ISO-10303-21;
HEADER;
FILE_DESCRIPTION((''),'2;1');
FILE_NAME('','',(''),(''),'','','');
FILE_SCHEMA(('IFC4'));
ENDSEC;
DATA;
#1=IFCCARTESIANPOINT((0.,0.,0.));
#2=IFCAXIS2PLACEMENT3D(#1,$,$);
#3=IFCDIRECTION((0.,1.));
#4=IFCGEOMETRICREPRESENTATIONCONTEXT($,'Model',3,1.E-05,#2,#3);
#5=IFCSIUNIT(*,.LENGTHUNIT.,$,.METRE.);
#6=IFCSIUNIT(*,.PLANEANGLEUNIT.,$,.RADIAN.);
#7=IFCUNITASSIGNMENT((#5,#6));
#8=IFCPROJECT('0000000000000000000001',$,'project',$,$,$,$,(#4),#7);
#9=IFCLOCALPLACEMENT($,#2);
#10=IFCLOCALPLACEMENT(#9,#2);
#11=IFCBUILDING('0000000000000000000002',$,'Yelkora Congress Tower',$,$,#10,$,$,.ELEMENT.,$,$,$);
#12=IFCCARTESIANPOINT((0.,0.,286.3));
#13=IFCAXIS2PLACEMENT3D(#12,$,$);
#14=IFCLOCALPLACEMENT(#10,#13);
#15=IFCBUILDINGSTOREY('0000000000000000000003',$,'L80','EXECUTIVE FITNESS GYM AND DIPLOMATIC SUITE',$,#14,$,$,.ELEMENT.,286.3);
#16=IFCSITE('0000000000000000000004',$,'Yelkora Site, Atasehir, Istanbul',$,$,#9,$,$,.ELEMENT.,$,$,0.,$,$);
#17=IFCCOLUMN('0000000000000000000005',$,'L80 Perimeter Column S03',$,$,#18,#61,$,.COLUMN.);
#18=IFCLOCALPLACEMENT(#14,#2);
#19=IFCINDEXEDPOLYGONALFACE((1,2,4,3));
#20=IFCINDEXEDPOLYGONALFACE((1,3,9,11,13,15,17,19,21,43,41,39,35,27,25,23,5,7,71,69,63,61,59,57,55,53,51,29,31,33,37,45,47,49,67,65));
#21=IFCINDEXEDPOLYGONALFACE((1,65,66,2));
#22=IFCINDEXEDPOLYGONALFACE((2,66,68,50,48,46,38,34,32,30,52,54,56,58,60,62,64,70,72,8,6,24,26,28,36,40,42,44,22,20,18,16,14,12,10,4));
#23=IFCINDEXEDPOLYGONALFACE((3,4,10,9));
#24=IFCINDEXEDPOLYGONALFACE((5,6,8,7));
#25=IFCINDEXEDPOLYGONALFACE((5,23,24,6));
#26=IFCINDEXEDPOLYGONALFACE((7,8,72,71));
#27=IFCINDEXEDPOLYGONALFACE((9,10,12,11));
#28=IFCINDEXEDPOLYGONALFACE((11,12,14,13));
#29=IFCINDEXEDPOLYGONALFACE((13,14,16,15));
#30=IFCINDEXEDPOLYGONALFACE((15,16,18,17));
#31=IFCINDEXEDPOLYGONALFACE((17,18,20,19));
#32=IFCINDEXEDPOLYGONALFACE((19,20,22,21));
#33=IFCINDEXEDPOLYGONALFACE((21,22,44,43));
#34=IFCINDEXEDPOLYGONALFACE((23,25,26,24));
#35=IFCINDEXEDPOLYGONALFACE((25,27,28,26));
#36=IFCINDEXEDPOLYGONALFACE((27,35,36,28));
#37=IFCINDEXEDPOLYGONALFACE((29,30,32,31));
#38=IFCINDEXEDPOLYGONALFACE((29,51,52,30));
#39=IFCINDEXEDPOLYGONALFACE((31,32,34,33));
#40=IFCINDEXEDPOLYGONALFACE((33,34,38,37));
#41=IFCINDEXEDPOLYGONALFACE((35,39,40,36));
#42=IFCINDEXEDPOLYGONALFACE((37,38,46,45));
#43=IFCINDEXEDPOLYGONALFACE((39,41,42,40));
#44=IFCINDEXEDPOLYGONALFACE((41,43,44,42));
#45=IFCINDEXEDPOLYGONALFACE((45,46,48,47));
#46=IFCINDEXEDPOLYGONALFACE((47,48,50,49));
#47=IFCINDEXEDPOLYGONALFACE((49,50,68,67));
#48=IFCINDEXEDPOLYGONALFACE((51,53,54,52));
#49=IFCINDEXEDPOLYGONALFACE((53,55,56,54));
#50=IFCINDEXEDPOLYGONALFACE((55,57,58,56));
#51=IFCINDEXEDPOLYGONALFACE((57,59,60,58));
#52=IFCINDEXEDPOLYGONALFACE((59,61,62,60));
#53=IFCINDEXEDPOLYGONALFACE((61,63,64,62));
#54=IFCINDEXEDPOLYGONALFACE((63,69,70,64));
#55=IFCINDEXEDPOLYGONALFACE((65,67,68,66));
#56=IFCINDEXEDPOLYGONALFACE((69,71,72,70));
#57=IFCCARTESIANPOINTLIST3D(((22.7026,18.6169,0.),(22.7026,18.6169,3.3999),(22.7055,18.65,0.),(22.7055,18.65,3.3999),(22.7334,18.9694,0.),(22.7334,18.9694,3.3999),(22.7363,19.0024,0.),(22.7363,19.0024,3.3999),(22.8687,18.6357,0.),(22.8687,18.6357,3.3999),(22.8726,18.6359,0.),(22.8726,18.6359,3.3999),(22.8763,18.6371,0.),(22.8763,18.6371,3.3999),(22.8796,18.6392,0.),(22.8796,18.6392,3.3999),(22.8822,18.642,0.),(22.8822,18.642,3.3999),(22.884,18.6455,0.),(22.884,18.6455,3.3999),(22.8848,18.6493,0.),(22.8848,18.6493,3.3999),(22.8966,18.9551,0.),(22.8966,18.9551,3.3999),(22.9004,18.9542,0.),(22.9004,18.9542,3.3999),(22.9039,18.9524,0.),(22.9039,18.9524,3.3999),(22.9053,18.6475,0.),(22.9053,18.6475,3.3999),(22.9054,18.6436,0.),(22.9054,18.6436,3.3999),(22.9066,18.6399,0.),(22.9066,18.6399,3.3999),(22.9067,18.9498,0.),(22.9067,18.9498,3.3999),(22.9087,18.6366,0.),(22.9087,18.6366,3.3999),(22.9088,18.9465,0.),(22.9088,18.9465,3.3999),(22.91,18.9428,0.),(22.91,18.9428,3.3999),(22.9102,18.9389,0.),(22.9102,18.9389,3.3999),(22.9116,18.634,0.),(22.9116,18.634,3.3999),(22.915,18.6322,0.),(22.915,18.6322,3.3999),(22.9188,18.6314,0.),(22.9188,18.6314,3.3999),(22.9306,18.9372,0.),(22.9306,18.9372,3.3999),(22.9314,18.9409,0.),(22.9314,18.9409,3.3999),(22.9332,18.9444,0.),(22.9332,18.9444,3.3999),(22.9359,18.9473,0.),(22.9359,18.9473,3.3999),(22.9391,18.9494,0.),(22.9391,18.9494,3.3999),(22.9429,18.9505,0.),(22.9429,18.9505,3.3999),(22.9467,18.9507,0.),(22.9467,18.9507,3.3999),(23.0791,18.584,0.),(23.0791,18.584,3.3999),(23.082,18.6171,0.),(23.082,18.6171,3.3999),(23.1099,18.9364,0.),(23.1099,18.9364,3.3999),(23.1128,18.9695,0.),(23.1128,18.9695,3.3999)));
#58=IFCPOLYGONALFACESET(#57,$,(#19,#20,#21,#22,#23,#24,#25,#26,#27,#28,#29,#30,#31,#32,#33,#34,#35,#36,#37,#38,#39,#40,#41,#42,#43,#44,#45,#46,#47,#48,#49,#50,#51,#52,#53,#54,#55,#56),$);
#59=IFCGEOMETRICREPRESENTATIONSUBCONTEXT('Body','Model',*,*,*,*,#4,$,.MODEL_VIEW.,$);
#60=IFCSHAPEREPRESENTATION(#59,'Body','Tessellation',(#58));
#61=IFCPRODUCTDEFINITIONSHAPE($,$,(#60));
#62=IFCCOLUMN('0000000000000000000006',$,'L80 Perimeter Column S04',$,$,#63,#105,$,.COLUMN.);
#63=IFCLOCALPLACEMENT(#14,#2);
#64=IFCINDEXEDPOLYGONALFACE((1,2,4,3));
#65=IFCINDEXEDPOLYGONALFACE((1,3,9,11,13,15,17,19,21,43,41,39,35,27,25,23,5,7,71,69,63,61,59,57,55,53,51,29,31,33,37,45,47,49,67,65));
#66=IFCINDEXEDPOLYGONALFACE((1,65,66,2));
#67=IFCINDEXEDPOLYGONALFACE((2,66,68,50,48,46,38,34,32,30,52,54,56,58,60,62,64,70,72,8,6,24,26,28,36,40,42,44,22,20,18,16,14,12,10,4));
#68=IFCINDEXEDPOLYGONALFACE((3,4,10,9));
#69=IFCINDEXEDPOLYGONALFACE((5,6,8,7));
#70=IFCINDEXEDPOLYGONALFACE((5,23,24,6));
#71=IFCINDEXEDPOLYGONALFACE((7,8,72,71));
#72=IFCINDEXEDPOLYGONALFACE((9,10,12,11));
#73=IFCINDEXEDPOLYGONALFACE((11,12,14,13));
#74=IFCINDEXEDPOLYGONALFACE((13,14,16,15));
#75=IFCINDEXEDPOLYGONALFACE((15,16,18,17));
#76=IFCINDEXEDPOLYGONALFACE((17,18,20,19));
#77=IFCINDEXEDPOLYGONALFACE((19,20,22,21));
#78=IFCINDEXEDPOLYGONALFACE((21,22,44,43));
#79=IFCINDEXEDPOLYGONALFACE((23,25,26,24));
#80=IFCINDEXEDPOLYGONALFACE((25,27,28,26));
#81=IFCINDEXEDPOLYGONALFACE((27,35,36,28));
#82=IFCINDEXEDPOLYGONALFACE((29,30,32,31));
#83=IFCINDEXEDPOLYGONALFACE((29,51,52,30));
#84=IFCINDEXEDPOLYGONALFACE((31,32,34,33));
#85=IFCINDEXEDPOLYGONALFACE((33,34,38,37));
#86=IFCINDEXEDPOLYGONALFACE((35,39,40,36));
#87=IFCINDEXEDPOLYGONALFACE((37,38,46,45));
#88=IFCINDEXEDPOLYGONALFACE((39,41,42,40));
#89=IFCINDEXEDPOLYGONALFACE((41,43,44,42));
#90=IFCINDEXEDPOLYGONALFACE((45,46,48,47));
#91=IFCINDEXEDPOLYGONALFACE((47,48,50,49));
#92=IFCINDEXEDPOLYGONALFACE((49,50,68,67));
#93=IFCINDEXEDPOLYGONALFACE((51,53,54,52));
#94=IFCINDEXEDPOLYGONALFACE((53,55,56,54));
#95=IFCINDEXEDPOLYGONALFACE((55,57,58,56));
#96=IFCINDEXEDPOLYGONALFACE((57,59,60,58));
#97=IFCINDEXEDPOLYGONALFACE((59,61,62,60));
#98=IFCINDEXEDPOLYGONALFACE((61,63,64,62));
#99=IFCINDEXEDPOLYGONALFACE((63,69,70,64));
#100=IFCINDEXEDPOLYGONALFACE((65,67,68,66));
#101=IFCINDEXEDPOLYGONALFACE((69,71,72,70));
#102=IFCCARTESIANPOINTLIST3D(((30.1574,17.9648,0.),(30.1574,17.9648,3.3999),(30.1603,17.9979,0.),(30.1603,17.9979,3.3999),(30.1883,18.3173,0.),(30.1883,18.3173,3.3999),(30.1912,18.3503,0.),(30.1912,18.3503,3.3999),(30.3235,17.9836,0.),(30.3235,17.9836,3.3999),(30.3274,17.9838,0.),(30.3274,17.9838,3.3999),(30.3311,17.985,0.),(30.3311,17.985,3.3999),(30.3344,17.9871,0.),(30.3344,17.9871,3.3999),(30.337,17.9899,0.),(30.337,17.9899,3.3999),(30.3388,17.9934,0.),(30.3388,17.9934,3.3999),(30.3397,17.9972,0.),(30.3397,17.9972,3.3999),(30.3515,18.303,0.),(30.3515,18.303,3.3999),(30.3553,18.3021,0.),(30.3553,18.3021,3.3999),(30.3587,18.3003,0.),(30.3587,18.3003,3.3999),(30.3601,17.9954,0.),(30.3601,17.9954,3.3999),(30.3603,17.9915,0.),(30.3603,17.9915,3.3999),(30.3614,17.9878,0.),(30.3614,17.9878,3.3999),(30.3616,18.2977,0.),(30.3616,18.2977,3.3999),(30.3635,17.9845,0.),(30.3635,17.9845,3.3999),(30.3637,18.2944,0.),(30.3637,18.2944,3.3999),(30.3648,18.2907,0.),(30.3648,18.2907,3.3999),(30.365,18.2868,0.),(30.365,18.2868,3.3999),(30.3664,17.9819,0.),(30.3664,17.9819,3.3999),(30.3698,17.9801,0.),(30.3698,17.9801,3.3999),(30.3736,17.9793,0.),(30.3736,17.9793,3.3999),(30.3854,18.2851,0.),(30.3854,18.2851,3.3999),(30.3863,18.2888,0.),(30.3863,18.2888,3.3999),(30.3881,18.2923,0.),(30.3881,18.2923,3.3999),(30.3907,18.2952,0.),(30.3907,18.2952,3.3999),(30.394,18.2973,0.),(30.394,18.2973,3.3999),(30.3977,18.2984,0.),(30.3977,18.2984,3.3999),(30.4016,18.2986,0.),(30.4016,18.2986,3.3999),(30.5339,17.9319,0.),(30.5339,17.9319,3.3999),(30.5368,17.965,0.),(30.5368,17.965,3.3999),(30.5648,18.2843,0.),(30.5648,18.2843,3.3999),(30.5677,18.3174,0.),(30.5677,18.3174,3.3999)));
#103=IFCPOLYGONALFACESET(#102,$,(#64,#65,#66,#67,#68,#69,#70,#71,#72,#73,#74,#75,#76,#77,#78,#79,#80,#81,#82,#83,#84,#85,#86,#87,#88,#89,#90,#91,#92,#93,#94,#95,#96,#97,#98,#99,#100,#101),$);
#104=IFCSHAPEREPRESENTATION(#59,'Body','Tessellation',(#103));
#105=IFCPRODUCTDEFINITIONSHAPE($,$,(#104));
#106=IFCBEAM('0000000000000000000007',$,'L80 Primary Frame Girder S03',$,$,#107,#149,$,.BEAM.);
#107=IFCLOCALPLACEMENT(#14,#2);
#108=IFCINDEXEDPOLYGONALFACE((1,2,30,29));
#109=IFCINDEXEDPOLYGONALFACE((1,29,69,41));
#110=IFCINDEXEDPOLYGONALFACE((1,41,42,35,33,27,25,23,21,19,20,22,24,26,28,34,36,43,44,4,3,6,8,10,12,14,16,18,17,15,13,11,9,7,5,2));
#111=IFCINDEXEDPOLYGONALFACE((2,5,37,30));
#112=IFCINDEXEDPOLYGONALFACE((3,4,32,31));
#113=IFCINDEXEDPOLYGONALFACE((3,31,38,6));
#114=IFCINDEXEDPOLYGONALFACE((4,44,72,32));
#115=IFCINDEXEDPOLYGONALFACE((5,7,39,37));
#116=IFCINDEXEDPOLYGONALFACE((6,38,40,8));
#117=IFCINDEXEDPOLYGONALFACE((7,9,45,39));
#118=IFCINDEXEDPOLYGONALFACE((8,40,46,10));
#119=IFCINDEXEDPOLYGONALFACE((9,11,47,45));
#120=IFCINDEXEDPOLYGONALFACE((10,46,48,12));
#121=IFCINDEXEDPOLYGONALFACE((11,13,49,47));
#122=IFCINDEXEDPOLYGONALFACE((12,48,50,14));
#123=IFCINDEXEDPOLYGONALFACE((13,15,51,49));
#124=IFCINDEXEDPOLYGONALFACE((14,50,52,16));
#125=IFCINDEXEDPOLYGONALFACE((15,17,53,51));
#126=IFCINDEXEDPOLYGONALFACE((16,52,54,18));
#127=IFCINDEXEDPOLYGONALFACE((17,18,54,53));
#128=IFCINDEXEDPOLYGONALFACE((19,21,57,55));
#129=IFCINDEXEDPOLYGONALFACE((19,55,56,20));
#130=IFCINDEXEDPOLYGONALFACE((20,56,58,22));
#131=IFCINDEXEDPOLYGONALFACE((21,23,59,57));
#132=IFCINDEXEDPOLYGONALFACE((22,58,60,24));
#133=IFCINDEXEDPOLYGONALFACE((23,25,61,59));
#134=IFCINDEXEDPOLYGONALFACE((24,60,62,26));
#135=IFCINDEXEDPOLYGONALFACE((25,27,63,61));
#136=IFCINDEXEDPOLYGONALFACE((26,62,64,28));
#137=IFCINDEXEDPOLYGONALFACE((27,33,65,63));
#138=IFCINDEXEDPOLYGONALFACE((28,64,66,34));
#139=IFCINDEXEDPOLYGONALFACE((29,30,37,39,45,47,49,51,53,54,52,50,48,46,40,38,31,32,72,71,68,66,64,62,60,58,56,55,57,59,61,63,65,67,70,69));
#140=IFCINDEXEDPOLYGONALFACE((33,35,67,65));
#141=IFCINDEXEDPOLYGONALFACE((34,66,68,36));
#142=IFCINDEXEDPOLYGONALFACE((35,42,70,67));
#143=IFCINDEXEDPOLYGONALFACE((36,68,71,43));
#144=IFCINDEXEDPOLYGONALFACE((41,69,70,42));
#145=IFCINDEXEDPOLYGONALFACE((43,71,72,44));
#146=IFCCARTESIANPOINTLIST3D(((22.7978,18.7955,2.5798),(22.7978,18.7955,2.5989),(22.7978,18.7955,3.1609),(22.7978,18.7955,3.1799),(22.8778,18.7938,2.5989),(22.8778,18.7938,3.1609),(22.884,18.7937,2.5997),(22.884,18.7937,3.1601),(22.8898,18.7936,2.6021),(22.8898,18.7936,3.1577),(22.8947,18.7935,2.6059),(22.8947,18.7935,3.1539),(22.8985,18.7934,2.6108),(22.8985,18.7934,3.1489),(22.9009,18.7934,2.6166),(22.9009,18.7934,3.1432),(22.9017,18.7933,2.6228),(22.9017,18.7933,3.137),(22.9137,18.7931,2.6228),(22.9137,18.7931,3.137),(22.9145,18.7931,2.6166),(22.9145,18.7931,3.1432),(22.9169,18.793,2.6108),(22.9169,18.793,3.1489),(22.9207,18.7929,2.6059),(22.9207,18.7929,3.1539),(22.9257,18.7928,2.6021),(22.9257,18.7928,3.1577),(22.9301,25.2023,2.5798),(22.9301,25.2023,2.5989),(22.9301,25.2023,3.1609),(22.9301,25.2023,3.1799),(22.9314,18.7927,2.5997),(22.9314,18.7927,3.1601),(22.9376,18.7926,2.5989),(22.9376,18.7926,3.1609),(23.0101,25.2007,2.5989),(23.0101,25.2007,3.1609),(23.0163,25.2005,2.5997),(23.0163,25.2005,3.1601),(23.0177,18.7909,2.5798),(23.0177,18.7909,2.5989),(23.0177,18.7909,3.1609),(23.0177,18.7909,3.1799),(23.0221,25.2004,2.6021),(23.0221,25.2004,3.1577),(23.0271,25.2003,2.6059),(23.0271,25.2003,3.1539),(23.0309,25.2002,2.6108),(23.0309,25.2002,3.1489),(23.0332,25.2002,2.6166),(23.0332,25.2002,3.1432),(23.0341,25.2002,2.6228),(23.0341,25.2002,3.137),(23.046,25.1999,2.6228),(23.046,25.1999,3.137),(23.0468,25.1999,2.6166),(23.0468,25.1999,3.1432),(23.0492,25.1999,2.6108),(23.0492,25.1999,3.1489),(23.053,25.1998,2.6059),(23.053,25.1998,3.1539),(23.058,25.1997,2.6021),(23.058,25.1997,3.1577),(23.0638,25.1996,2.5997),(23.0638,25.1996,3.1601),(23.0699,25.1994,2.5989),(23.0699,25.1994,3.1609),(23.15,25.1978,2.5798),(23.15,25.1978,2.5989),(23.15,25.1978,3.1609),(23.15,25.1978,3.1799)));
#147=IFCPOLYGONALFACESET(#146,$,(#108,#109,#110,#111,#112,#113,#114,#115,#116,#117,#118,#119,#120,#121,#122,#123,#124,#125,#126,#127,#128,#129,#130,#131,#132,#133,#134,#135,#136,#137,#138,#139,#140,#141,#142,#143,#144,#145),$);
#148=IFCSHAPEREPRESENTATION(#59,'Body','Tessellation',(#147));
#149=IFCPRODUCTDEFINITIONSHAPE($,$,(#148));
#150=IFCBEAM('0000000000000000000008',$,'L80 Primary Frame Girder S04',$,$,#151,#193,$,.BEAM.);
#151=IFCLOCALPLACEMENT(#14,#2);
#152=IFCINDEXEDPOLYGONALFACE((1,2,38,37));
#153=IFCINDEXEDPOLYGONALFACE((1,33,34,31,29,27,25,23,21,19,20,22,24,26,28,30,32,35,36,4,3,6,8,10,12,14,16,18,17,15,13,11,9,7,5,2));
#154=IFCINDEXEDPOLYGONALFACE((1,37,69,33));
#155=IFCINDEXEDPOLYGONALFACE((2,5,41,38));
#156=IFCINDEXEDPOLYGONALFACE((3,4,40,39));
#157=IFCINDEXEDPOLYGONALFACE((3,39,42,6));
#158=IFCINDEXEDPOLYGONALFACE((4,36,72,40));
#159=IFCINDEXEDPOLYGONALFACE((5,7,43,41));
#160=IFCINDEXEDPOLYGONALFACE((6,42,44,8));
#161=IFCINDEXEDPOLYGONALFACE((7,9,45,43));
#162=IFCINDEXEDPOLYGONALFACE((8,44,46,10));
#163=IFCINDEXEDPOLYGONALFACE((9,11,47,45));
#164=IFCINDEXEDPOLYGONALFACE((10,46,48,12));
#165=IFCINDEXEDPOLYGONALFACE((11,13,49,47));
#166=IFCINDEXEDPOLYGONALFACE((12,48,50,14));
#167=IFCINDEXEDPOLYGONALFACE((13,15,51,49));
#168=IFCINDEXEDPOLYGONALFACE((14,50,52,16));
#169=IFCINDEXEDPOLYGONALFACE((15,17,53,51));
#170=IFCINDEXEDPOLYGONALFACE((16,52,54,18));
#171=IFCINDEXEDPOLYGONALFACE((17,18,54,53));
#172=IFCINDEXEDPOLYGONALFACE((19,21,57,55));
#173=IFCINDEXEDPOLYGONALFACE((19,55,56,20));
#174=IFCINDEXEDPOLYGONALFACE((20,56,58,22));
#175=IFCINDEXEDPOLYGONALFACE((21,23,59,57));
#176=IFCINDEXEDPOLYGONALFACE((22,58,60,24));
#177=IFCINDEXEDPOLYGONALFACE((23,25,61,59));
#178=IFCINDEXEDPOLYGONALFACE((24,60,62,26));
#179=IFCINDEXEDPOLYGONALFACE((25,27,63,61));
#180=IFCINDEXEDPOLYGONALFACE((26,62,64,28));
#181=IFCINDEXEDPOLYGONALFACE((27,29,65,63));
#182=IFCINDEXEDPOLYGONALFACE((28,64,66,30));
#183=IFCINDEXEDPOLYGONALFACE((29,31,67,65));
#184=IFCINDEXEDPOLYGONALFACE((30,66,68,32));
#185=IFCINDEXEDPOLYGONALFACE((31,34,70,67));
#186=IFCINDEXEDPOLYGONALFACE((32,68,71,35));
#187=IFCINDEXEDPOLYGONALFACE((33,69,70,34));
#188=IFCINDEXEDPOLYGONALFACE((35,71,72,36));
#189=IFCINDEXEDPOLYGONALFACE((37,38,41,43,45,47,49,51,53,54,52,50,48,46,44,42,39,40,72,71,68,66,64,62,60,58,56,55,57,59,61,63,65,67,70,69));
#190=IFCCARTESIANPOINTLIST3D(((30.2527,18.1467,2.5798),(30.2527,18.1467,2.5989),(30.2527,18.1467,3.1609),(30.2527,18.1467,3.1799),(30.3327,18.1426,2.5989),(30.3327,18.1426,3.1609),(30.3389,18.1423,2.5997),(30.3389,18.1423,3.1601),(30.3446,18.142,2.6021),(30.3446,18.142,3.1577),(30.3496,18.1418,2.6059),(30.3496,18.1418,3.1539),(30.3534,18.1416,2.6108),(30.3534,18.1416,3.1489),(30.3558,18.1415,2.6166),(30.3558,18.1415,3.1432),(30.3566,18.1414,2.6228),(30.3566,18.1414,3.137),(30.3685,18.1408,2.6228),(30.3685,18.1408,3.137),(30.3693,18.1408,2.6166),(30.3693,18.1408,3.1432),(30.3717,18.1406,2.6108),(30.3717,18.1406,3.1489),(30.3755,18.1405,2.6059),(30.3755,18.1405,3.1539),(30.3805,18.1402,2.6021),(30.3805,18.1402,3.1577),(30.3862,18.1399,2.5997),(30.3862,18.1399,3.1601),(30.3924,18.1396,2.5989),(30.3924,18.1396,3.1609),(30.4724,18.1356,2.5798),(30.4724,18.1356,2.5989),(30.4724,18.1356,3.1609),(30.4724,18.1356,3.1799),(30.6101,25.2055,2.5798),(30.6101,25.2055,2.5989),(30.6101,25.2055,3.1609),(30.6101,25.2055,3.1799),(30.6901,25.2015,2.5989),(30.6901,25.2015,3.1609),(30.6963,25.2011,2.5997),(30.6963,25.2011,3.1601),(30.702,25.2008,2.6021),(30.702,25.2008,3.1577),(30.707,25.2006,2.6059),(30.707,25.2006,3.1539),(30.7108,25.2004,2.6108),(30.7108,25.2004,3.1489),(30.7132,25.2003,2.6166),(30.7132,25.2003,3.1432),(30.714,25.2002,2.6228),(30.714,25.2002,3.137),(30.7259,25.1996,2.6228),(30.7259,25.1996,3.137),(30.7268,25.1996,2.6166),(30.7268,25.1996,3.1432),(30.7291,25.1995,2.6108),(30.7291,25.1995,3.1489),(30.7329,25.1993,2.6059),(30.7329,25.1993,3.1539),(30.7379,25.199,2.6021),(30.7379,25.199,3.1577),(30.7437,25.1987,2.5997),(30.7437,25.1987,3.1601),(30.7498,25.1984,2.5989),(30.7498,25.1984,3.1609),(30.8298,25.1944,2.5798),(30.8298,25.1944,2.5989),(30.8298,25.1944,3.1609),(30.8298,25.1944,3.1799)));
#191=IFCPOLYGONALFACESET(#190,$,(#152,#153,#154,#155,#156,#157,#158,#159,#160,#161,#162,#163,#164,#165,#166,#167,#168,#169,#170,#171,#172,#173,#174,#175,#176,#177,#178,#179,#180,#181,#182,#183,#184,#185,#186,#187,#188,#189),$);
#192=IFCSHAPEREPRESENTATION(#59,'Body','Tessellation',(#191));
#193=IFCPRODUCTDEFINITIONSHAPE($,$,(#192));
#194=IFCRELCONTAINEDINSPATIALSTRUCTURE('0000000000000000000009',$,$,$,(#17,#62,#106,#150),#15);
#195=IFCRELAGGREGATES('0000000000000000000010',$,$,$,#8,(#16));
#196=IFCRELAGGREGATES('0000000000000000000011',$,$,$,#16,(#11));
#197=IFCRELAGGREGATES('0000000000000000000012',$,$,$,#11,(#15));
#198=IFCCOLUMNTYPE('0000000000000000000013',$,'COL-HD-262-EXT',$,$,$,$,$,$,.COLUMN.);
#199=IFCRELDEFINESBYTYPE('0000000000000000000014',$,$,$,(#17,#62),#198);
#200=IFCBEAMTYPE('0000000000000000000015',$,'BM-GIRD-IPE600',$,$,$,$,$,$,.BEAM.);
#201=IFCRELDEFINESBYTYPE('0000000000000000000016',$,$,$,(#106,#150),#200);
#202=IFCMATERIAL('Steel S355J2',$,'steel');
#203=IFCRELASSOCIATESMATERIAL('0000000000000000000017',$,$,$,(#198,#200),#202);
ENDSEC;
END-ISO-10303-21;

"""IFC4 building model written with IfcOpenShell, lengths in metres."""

from ifc_helpers import new_model, si_unit, direction, frame, origin, origin_2d, place, context, subcontext, project, spatial, i_section, extrude, material, material_profile, profile_set, type_object, element, save


model = new_model("IFC4")

# Units and contexts
model_context = context("Model", 3, precision=1e-05, world=origin(), true_north=direction((0.0, 1.0)))
body_context = subcontext(model_context, "Body", "Model", "MODEL_VIEW")
ifc_project = project(units=[si_unit("LENGTHUNIT", "METRE"), si_unit("PLANEANGLEUNIT", "RADIAN")], contexts=[model_context])

# Site, building, storey
site_placement = place(None, origin())
site = spatial("IfcSite", under=ifc_project, at=site_placement, Name="Yelkora Site, Atasehir, Istanbul", CompositionType="ELEMENT", RefElevation=0.0)
building_placement = place(site_placement, origin())
building = spatial("IfcBuilding", under=site, at=building_placement, Name="Yelkora Congress Tower", CompositionType="ELEMENT")
storey_placement = place(building_placement, frame((0.0, 0.0, 286.3)))
storey = spatial("IfcBuildingStorey", under=building, at=storey_placement, Name="L80", Description="EXECUTIVE FITNESS GYM AND DIPLOMATIC SUITE", CompositionType="ELEMENT", Elevation=286.3)

# Columns
ifc_material_1 = material(Name="Steel S355J2", Category="steel")
ifc_material_profile_1 = material_profile(ifc_material_1, i_section(OverallWidth=0.3779, OverallDepth=0.387, WebThickness=0.0205, FlangeThickness=0.0332, FilletRadius=0.0149, at=origin_2d()), Name="HD 360x262")
ifc_profile_set_1 = profile_set([ifc_material_profile_1], Name="Steel S355J2")
column_type = type_object("IfcColumnType", Name="COL-HD-262-EXT", PredefinedType="COLUMN", material=ifc_profile_set_1)
for number, where, z_axis, x_axis, name in (
    (1, (22.9077, 18.7932, 0.0), (0.0, 0.0, 1.0), (0.996195, -0.087156, 0.0), "L80 Perimeter Column S03"),
    (2, (30.3625, 18.1411, 0.0), (0.0, 0.0, 1.0), (0.996195, -0.087156, 0.0), "L80 Perimeter Column S04"),
):
    element("IfcColumn", number, at=place(storey_placement, frame(where, z_axis=z_axis, x_axis=x_axis)), inside=storey, type_object=column_type, Name=name, PredefinedType="COLUMN", context=body_context, shape_type="SweptSolid", body=[
        extrude(i_section(OverallWidth=0.3779, OverallDepth=0.387, WebThickness=0.0205, FlangeThickness=0.0332, FilletRadius=0.0149, at=origin_2d()), origin(), (0.0, 0.0, 1.0), 3.3999),
    ])

# Beams
ifc_material_profile_2 = material_profile(ifc_material_1, i_section(OverallWidth=0.22, OverallDepth=0.6001, WebThickness=0.012, FlangeThickness=0.019, FilletRadius=0.0239, at=origin_2d()), Name="IPE 600")
ifc_profile_set_2 = profile_set([ifc_material_profile_2], Name="Steel S355J2")
beam_type_1 = type_object("IfcBeamType", Name="BM-GIRD-IPE600", PredefinedType="BEAM", material=ifc_profile_set_2)
beam_1_placement = place(storey_placement, frame((22.9077, 18.7932, 2.8799), z_axis=(0.02065, 0.999787, 0.0), x_axis=(-0.999787, 0.02065, 0.0)))
element("IfcBeam", 3, at=beam_1_placement, inside=storey, type_object=beam_type_1, Name="L80 Primary Frame Girder S03", PredefinedType="BEAM", context=body_context, shape_type="SweptSolid", body=[
    extrude(i_section(OverallWidth=0.22, OverallDepth=0.6001, WebThickness=0.012, FlangeThickness=0.019, FilletRadius=0.0239, at=origin_2d()), origin(), (0.0, 0.0, 1.0), 6.4082),
])
beam_2_placement = place(storey_placement, frame((30.3625, 18.1411, 2.8799), z_axis=(0.05057, 0.998721, 0.0), x_axis=(-0.998721, 0.05057, 0.0)))
element("IfcBeam", 4, at=beam_2_placement, inside=storey, type_object=beam_type_1, Name="L80 Primary Frame Girder S04", PredefinedType="BEAM", context=body_context, shape_type="SweptSolid", body=[
    extrude(i_section(OverallWidth=0.22, OverallDepth=0.6001, WebThickness=0.012, FlangeThickness=0.019, FilletRadius=0.0239, at=origin_2d()), origin(), (0.0, 0.0, 1.0), 7.0679),
])

save(model, "model.ifc")
